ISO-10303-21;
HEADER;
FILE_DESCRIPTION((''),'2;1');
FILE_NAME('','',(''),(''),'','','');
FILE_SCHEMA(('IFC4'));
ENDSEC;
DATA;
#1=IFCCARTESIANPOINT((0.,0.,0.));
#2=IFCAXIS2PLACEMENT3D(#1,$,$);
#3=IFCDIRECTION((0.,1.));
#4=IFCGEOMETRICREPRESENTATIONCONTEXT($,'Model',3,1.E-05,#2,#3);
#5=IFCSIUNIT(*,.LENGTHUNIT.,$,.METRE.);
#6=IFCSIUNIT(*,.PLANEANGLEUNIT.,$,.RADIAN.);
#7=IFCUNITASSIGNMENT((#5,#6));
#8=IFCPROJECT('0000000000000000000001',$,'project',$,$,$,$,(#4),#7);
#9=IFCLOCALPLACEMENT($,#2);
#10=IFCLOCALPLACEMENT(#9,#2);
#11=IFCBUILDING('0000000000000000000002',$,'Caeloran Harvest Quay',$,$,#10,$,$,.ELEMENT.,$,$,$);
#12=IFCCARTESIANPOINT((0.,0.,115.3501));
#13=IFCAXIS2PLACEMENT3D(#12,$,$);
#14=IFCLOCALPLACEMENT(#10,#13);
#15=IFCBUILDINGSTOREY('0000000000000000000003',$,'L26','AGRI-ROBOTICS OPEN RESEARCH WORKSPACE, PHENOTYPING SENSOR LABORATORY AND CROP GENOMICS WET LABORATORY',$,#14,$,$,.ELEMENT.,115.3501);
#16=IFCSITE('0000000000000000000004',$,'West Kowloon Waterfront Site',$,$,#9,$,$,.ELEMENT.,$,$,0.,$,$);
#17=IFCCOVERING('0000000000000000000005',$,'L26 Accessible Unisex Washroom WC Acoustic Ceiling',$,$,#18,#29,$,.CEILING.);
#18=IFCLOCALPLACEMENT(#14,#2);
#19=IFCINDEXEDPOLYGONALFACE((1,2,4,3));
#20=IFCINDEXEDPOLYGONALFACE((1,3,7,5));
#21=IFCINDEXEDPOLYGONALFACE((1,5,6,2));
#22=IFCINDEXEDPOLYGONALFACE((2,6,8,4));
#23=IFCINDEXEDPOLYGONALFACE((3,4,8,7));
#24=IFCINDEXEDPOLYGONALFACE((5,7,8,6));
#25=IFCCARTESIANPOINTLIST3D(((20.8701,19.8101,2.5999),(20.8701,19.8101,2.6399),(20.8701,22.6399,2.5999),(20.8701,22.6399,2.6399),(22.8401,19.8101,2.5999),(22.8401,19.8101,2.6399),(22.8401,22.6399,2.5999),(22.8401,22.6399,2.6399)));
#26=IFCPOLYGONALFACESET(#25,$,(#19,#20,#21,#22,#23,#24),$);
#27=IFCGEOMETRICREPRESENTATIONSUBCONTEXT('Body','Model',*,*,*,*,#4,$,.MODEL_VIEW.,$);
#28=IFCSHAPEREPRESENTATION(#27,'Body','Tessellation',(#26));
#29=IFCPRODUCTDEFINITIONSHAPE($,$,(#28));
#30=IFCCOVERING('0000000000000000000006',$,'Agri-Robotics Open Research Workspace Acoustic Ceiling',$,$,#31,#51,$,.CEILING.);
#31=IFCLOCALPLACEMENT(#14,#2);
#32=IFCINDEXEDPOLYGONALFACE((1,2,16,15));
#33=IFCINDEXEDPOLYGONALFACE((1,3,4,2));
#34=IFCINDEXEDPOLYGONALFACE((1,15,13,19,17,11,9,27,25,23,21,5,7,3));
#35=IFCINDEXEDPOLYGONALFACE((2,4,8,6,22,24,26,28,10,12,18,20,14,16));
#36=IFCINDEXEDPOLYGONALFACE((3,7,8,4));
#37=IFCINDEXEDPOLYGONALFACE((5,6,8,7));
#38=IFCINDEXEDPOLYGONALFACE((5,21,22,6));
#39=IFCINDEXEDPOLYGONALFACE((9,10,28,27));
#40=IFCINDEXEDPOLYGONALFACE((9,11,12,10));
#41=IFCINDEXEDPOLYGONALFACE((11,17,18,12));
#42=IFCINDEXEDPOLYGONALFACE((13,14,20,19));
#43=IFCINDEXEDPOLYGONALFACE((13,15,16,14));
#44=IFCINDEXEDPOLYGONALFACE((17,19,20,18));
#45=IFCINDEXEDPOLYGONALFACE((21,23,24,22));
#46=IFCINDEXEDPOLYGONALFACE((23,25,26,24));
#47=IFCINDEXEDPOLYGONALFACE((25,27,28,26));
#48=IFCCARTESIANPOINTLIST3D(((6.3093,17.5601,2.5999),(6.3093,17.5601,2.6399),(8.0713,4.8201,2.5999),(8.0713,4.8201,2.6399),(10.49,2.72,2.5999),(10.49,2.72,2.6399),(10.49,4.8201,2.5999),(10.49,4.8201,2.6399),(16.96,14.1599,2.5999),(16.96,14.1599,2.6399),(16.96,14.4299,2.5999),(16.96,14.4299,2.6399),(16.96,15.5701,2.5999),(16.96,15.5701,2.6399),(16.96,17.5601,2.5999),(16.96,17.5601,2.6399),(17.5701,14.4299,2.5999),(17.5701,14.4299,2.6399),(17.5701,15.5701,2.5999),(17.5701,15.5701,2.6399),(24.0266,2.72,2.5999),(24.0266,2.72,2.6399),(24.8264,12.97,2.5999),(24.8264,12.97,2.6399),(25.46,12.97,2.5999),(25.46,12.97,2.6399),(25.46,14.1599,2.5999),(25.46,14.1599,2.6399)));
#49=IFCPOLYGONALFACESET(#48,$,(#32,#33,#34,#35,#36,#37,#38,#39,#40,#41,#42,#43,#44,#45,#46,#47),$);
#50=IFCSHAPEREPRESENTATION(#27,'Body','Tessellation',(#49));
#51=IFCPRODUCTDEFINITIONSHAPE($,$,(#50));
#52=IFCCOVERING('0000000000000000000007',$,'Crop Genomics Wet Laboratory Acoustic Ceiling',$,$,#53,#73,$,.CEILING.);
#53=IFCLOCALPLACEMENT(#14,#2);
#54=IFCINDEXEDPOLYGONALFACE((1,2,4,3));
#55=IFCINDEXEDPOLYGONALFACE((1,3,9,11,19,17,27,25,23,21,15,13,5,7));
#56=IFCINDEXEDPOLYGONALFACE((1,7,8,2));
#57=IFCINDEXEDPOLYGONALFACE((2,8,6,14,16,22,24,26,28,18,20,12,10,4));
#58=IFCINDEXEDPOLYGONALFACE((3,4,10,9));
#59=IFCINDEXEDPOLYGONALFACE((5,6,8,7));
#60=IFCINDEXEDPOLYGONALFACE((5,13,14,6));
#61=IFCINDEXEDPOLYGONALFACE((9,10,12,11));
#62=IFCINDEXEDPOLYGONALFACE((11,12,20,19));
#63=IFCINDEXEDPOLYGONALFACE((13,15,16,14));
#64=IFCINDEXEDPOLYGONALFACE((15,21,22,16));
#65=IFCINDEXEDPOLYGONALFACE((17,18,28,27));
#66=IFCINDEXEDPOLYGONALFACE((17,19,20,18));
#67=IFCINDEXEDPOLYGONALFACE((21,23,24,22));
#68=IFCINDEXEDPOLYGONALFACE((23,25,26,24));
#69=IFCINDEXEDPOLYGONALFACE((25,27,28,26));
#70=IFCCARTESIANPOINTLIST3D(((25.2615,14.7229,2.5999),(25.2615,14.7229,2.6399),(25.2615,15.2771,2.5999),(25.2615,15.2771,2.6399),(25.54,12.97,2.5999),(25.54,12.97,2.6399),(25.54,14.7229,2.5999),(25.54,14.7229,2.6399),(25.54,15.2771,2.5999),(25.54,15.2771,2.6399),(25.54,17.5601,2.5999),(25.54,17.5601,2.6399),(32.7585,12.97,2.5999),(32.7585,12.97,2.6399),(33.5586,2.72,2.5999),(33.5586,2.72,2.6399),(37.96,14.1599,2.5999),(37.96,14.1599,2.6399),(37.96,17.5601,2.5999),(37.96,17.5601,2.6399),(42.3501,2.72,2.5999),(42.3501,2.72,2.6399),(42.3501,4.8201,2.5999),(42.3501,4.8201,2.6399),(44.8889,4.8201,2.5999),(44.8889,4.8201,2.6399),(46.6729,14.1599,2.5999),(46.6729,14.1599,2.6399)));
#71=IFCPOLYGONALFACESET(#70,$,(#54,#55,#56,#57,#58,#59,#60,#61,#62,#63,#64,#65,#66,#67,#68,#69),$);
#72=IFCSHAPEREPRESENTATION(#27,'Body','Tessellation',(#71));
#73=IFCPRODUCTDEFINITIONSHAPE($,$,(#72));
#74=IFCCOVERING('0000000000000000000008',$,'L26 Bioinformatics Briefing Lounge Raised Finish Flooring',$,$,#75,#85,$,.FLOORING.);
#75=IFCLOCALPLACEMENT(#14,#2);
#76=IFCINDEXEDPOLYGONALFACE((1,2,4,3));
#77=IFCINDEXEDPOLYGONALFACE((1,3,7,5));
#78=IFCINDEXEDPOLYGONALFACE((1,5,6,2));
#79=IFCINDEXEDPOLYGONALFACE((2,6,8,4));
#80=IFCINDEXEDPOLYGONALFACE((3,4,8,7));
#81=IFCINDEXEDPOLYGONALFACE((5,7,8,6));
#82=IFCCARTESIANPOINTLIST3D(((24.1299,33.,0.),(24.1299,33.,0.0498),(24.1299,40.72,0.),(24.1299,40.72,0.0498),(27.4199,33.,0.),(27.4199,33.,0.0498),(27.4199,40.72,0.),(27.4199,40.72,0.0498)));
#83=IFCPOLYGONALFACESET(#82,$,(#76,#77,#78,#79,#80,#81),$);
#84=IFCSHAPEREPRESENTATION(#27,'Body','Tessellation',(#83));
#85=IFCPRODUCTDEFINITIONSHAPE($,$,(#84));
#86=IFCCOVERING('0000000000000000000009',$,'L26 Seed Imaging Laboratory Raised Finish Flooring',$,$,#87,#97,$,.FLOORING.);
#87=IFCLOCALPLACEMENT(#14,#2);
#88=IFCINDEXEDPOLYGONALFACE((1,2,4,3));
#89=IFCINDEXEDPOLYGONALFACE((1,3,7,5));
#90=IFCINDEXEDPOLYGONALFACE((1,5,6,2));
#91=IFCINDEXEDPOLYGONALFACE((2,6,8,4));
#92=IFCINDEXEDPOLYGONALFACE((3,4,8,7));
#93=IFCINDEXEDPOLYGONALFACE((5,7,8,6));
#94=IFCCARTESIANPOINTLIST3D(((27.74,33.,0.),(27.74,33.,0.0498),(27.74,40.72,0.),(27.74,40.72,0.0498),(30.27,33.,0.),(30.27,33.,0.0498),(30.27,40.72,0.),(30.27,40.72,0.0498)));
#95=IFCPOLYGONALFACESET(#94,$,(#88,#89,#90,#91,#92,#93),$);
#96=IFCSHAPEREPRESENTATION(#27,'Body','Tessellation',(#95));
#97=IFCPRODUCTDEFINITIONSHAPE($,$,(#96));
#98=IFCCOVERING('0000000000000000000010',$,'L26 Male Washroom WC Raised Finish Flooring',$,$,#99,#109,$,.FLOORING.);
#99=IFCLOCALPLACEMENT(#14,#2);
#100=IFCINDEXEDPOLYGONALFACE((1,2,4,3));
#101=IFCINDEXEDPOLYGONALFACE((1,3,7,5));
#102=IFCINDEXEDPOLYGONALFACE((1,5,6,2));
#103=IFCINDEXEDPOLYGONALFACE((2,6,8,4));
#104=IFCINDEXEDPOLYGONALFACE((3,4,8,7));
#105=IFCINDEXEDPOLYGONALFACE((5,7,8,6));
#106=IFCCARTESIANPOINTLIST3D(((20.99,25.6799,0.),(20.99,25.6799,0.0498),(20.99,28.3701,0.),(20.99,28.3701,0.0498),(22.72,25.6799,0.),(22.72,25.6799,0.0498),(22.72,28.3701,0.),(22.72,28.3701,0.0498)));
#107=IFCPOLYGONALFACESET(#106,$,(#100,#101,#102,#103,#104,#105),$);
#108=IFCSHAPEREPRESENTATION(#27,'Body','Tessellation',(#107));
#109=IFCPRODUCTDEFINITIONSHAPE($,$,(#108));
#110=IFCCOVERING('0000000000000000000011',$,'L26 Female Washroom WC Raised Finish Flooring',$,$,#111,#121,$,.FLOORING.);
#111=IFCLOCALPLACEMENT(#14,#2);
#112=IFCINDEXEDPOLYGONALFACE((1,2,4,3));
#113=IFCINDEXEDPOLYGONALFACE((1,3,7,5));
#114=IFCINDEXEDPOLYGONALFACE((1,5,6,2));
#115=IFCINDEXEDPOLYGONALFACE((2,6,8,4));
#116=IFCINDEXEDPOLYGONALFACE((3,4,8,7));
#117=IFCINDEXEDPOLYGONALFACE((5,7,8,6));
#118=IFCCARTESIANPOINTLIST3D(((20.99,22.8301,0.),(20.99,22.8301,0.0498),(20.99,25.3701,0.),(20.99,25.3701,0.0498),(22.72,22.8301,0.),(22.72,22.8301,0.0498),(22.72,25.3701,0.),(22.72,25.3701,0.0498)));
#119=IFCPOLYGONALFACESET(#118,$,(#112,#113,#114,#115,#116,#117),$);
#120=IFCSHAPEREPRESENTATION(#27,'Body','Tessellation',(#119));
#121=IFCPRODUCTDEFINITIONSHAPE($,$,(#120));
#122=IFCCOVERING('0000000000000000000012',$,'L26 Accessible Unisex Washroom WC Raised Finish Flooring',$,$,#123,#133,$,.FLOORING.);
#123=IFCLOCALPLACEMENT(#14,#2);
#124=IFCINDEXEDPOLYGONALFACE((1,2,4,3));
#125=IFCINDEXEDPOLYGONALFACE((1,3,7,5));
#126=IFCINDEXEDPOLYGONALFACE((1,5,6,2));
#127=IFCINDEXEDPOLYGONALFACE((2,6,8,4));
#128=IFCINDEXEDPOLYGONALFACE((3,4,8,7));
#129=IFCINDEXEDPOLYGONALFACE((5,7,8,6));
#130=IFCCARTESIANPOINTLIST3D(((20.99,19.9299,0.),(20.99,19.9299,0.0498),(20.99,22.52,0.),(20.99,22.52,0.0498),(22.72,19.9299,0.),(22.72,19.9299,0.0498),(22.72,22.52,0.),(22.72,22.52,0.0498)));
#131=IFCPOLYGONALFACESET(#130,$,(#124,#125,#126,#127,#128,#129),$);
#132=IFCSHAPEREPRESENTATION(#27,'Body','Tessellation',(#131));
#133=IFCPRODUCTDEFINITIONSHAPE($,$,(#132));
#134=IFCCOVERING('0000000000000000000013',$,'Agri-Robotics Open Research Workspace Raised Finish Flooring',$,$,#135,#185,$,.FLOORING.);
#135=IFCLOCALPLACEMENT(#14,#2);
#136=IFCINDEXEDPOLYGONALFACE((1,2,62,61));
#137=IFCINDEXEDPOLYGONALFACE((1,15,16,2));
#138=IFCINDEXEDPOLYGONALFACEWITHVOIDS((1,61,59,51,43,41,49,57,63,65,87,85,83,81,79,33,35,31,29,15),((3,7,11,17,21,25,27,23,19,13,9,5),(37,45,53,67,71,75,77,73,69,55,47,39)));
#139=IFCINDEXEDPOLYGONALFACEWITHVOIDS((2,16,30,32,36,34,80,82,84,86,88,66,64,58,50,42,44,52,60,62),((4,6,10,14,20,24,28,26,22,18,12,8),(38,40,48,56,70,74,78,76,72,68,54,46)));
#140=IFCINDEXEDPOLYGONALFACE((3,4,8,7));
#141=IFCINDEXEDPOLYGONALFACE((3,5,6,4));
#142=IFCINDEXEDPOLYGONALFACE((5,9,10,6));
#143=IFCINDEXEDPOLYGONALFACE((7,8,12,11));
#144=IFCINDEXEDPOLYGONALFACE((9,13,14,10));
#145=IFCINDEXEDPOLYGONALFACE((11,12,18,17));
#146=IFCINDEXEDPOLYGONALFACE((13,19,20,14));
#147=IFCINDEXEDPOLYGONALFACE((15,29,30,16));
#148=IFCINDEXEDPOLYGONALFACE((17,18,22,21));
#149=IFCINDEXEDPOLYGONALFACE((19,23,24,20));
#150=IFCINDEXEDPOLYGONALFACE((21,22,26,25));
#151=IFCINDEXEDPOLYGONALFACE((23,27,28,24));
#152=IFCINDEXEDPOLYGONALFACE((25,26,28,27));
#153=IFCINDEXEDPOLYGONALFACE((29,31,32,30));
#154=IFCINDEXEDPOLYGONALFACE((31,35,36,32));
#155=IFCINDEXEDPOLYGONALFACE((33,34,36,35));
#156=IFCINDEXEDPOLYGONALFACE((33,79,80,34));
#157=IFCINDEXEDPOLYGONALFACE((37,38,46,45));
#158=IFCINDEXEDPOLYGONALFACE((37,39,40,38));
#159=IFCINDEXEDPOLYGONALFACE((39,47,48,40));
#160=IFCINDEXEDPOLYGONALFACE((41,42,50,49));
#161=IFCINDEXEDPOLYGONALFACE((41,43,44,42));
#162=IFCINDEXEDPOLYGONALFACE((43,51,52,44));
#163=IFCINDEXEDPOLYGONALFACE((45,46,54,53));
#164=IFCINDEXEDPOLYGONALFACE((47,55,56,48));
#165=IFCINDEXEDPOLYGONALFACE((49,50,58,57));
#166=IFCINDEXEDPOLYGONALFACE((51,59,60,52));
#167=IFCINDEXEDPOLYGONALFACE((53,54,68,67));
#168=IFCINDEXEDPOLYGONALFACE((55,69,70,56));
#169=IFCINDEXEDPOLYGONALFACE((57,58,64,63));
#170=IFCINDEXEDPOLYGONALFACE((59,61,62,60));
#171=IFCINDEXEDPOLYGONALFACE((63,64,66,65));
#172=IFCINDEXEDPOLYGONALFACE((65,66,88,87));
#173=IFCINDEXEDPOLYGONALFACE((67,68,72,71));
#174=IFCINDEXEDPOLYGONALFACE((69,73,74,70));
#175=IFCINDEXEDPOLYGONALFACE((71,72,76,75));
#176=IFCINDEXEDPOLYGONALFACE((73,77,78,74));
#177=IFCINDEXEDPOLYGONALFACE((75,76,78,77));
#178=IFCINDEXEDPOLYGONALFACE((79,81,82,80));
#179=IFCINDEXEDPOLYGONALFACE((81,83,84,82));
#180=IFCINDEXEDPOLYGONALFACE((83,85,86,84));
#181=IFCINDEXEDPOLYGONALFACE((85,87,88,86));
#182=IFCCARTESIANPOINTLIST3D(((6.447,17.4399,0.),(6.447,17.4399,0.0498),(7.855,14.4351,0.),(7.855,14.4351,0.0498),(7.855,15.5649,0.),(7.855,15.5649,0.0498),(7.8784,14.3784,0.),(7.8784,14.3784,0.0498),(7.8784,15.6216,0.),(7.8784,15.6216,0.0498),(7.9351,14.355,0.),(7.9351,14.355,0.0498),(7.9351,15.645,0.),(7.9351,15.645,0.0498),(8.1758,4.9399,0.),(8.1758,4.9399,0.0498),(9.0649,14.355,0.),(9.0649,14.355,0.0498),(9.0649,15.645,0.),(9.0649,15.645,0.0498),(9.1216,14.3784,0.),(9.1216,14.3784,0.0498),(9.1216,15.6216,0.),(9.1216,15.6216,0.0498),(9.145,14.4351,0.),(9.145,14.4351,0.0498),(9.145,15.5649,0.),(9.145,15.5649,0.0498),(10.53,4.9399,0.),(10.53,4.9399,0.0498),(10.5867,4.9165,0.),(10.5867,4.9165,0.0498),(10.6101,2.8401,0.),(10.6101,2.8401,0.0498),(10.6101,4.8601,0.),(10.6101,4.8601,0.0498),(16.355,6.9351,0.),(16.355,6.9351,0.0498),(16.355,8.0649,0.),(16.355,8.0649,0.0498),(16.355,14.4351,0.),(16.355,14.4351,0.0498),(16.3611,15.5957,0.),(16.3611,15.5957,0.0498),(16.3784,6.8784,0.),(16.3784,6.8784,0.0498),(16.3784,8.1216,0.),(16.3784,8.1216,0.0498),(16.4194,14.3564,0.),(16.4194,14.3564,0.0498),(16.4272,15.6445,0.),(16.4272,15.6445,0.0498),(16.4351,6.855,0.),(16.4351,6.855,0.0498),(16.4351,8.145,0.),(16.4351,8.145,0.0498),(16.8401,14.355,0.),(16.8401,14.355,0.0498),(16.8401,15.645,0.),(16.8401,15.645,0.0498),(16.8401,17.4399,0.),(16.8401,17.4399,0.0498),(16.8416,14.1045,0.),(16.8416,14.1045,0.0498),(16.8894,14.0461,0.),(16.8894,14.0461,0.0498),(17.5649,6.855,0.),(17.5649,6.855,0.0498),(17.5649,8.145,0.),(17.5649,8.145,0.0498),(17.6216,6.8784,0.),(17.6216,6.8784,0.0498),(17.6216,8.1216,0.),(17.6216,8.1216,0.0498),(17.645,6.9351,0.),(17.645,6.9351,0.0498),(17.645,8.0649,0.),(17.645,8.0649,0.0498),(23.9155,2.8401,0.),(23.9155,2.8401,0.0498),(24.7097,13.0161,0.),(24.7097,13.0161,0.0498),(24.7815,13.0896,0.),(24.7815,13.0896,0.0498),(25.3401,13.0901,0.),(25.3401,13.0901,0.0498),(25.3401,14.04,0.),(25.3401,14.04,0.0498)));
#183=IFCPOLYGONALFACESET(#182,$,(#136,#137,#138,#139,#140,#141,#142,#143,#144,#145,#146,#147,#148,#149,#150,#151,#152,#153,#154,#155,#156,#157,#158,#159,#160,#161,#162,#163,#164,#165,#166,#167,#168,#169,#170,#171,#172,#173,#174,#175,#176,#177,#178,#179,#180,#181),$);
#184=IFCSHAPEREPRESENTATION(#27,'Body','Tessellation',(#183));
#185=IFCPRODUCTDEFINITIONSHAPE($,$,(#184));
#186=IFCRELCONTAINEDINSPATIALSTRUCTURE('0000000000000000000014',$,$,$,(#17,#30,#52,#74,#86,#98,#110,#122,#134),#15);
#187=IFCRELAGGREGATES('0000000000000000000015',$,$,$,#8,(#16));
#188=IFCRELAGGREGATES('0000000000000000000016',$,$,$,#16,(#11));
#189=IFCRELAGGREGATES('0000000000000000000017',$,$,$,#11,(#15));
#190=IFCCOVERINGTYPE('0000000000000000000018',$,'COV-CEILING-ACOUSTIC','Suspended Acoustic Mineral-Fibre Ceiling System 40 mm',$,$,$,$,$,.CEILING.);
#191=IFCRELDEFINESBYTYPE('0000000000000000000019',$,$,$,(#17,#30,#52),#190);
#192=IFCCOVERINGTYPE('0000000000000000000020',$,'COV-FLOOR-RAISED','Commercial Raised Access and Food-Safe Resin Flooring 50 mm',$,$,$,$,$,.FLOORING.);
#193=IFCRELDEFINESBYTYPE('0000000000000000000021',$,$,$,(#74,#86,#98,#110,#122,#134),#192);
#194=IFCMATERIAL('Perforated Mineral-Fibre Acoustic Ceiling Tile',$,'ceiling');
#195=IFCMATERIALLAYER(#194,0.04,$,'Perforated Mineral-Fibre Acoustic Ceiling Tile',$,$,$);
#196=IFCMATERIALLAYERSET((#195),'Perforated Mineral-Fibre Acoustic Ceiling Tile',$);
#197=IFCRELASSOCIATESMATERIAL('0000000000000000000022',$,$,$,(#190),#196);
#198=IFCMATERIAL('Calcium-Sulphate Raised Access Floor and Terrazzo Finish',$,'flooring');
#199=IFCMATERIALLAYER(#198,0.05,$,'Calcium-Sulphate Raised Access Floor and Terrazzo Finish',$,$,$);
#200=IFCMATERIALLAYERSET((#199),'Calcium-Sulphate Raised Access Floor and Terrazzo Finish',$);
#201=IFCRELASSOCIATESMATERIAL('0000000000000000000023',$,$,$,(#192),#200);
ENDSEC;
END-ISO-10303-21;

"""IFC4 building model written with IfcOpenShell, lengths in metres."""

from ifc_helpers import new_model, si_unit, direction, frame, origin, place, context, subcontext, project, spatial, polyline, outline, extrude, material, layer, layer_set, type_object, element, save


model = new_model("IFC4")

# Units and contexts
model_context = context("Model", 3, precision=1e-05, world=origin(), true_north=direction((0.0, 1.0)))
body_context = subcontext(model_context, "Body", "Model", "MODEL_VIEW")
ifc_project = project(units=[si_unit("LENGTHUNIT", "METRE"), si_unit("PLANEANGLEUNIT", "RADIAN")], contexts=[model_context])

# Site, building, storey
site_placement = place(None, origin())
site = spatial("IfcSite", under=ifc_project, at=site_placement, Name="West Kowloon Waterfront Site", CompositionType="ELEMENT", RefElevation=0.0)
building_placement = place(site_placement, origin())
building = spatial("IfcBuilding", under=site, at=building_placement, Name="Caeloran Harvest Quay", CompositionType="ELEMENT")
storey_placement = place(building_placement, frame((0.0, 0.0, 115.3501)))
storey = spatial("IfcBuildingStorey", under=building, at=storey_placement, Name="L26", Description="AGRI-ROBOTICS OPEN RESEARCH WORKSPACE, PHENOTYPING SENSOR LABORATORY AND CROP GENOMICS WET LABORATORY", CompositionType="ELEMENT", Elevation=115.3501)

# Coverings
ifc_material_1 = material(Name="Perforated Mineral-Fibre Acoustic Ceiling Tile", Category="ceiling")
ifc_layer_1 = layer(ifc_material_1, 0.04, Name="Perforated Mineral-Fibre Acoustic Ceiling Tile")
ifc_layer_set_1 = layer_set([ifc_layer_1], Name="Perforated Mineral-Fibre Acoustic Ceiling Tile")
covering_type_1 = type_object("IfcCoveringType", Name="COV-CEILING-ACOUSTIC", Description="Suspended Acoustic Mineral-Fibre Ceiling System 40 mm", PredefinedType="CEILING", material=ifc_layer_set_1)
covering_1_placement = place(storey_placement, frame((0.0, 0.0, 2.5999)))
element("IfcCovering", 1, at=covering_1_placement, inside=storey, type_object=covering_type_1, Name="L26 Accessible Unisex Washroom WC Acoustic Ceiling", PredefinedType="CEILING", context=body_context, shape_type="SweptSolid", body=[
    extrude(outline(polyline([(22.8401, 19.8101), (20.8701, 19.8101), (20.8701, 22.6399), (22.8401, 22.6399), (22.8401, 19.8101)])), origin(), (0.0, 0.0, 1.0), 0.04),
])
covering_2_placement = place(storey_placement, frame((0.0, 0.0, 2.5999)))
element("IfcCovering", 2, at=covering_2_placement, inside=storey, type_object=covering_type_1, Name="Agri-Robotics Open Research Workspace Acoustic Ceiling", PredefinedType="CEILING", context=body_context, shape_type="SweptSolid", body=[
    extrude(outline(polyline([(6.3093, 17.5601), (16.96, 17.5601), (16.96, 15.5701), (17.5701, 15.5701), (17.5701, 14.4299), (16.96, 14.4299), (16.96, 14.1599), (25.46, 14.1599), (25.46, 12.97), (24.8264, 12.97), (24.0266, 2.72), (10.49, 2.72), (10.49, 4.8201), (8.0713, 4.8201), (6.3093, 17.5601)])), origin(), (0.0, 0.0, 1.0), 0.04),
])
covering_3_placement = place(storey_placement, frame((0.0, 0.0, 2.5999)))
element("IfcCovering", 3, at=covering_3_placement, inside=storey, type_object=covering_type_1, Name="Crop Genomics Wet Laboratory Acoustic Ceiling", PredefinedType="CEILING", context=body_context, shape_type="SweptSolid", body=[
    extrude(outline(polyline([(25.54, 14.7229), (25.2615, 14.7229), (25.2615, 15.2771), (25.54, 15.2771), (25.54, 17.5601), (37.96, 17.5601), (37.96, 14.1599), (46.6729, 14.1599), (44.8889, 4.8201), (42.3501, 4.8201), (42.3501, 2.72), (33.5586, 2.72), (32.7585, 12.97), (25.54, 12.97), (25.54, 14.7229)])), origin(), (0.0, 0.0, 1.0), 0.04),
])
ifc_material_2 = material(Name="Calcium-Sulphate Raised Access Floor and Terrazzo Finish", Category="flooring")
ifc_layer_2 = layer(ifc_material_2, 0.05, Name="Calcium-Sulphate Raised Access Floor and Terrazzo Finish")
ifc_layer_set_2 = layer_set([ifc_layer_2], Name="Calcium-Sulphate Raised Access Floor and Terrazzo Finish")
covering_type_2 = type_object("IfcCoveringType", Name="COV-FLOOR-RAISED", Description="Commercial Raised Access and Food-Safe Resin Flooring 50 mm", PredefinedType="FLOORING", material=ifc_layer_set_2)
covering_4_placement = place(storey_placement, origin())
element("IfcCovering", 4, at=covering_4_placement, inside=storey, type_object=covering_type_2, Name="L26 Bioinformatics Briefing Lounge Raised Finish Flooring", PredefinedType="FLOORING", context=body_context, shape_type="SweptSolid", body=[
    extrude(outline(polyline([(27.4199, 40.72), (27.4199, 33.0), (24.1299, 33.0), (24.1299, 40.72), (27.4199, 40.72)])), origin(), (0.0, 0.0, 1.0), 0.0498),
])
covering_5_placement = place(storey_placement, origin())
element("IfcCovering", 5, at=covering_5_placement, inside=storey, type_object=covering_type_2, Name="L26 Seed Imaging Laboratory Raised Finish Flooring", PredefinedType="FLOORING", context=body_context, shape_type="SweptSolid", body=[
    extrude(outline(polyline([(30.27, 40.72), (30.27, 33.0), (27.74, 33.0), (27.74, 40.72), (30.27, 40.72)])), origin(), (0.0, 0.0, 1.0), 0.0498),
])
covering_6_placement = place(storey_placement, origin())
element("IfcCovering", 6, at=covering_6_placement, inside=storey, type_object=covering_type_2, Name="L26 Male Washroom WC Raised Finish Flooring", PredefinedType="FLOORING", context=body_context, shape_type="SweptSolid", body=[
    extrude(outline(polyline([(22.72, 25.6799), (20.99, 25.6799), (20.99, 28.3701), (22.72, 28.3701), (22.72, 25.6799)])), origin(), (0.0, 0.0, 1.0), 0.0498),
])
covering_7_placement = place(storey_placement, origin())
element("IfcCovering", 7, at=covering_7_placement, inside=storey, type_object=covering_type_2, Name="L26 Female Washroom WC Raised Finish Flooring", PredefinedType="FLOORING", context=body_context, shape_type="SweptSolid", body=[
    extrude(outline(polyline([(22.72, 22.8301), (20.99, 22.8301), (20.99, 25.3701), (22.72, 25.3701), (22.72, 22.8301)])), origin(), (0.0, 0.0, 1.0), 0.0498),
])
covering_8_placement = place(storey_placement, origin())
element("IfcCovering", 8, at=covering_8_placement, inside=storey, type_object=covering_type_2, Name="L26 Accessible Unisex Washroom WC Raised Finish Flooring", PredefinedType="FLOORING", context=body_context, shape_type="SweptSolid", body=[
    extrude(outline(polyline([(22.72, 19.9299), (20.99, 19.9299), (20.99, 22.52), (22.72, 22.52), (22.72, 19.9299)])), origin(), (0.0, 0.0, 1.0), 0.0498),
])
covering_9_placement = place(storey_placement, origin())
element("IfcCovering", 9, at=covering_9_placement, inside=storey, type_object=covering_type_2, Name="Agri-Robotics Open Research Workspace Raised Finish Flooring", PredefinedType="FLOORING", context=body_context, shape_type="SweptSolid", body=[
    extrude(outline(polyline([(10.6101, 4.8601), (10.5867, 4.9165), (10.53, 4.9399), (8.1758, 4.9399), (6.447, 17.4399), (16.8401, 17.4399), (16.8401, 15.645), (16.4272, 15.6445), (16.3611, 15.5957), (16.355, 14.4351), (16.4194, 14.3564), (16.8401, 14.355), (16.8416, 14.1045), (16.8894, 14.0461), (25.3401, 14.04), (25.3401, 13.0901), (24.7815, 13.0896), (24.7097, 13.0161), (23.9155, 2.8401), (10.6101, 2.8401), (10.6101, 4.8601)]), holes=[polyline([(16.4351, 8.145), (16.3784, 8.1216), (16.355, 8.0649), (16.355, 6.9351), (16.3784, 6.8784), (16.4351, 6.855), (17.5649, 6.855), (17.6216, 6.8784), (17.645, 6.9351), (17.645, 8.0649), (17.6216, 8.1216), (17.5649, 8.145), (16.4351, 8.145)]), polyline([(7.9351, 15.645), (7.8784, 15.6216), (7.855, 15.5649), (7.855, 14.4351), (7.8784, 14.3784), (7.9351, 14.355), (9.0649, 14.355), (9.1216, 14.3784), (9.145, 14.4351), (9.145, 15.5649), (9.1216, 15.6216), (9.0649, 15.645), (7.9351, 15.645)])]), origin(), (0.0, 0.0, 1.0), 0.0498),
])

save(model, "model.ifc")
